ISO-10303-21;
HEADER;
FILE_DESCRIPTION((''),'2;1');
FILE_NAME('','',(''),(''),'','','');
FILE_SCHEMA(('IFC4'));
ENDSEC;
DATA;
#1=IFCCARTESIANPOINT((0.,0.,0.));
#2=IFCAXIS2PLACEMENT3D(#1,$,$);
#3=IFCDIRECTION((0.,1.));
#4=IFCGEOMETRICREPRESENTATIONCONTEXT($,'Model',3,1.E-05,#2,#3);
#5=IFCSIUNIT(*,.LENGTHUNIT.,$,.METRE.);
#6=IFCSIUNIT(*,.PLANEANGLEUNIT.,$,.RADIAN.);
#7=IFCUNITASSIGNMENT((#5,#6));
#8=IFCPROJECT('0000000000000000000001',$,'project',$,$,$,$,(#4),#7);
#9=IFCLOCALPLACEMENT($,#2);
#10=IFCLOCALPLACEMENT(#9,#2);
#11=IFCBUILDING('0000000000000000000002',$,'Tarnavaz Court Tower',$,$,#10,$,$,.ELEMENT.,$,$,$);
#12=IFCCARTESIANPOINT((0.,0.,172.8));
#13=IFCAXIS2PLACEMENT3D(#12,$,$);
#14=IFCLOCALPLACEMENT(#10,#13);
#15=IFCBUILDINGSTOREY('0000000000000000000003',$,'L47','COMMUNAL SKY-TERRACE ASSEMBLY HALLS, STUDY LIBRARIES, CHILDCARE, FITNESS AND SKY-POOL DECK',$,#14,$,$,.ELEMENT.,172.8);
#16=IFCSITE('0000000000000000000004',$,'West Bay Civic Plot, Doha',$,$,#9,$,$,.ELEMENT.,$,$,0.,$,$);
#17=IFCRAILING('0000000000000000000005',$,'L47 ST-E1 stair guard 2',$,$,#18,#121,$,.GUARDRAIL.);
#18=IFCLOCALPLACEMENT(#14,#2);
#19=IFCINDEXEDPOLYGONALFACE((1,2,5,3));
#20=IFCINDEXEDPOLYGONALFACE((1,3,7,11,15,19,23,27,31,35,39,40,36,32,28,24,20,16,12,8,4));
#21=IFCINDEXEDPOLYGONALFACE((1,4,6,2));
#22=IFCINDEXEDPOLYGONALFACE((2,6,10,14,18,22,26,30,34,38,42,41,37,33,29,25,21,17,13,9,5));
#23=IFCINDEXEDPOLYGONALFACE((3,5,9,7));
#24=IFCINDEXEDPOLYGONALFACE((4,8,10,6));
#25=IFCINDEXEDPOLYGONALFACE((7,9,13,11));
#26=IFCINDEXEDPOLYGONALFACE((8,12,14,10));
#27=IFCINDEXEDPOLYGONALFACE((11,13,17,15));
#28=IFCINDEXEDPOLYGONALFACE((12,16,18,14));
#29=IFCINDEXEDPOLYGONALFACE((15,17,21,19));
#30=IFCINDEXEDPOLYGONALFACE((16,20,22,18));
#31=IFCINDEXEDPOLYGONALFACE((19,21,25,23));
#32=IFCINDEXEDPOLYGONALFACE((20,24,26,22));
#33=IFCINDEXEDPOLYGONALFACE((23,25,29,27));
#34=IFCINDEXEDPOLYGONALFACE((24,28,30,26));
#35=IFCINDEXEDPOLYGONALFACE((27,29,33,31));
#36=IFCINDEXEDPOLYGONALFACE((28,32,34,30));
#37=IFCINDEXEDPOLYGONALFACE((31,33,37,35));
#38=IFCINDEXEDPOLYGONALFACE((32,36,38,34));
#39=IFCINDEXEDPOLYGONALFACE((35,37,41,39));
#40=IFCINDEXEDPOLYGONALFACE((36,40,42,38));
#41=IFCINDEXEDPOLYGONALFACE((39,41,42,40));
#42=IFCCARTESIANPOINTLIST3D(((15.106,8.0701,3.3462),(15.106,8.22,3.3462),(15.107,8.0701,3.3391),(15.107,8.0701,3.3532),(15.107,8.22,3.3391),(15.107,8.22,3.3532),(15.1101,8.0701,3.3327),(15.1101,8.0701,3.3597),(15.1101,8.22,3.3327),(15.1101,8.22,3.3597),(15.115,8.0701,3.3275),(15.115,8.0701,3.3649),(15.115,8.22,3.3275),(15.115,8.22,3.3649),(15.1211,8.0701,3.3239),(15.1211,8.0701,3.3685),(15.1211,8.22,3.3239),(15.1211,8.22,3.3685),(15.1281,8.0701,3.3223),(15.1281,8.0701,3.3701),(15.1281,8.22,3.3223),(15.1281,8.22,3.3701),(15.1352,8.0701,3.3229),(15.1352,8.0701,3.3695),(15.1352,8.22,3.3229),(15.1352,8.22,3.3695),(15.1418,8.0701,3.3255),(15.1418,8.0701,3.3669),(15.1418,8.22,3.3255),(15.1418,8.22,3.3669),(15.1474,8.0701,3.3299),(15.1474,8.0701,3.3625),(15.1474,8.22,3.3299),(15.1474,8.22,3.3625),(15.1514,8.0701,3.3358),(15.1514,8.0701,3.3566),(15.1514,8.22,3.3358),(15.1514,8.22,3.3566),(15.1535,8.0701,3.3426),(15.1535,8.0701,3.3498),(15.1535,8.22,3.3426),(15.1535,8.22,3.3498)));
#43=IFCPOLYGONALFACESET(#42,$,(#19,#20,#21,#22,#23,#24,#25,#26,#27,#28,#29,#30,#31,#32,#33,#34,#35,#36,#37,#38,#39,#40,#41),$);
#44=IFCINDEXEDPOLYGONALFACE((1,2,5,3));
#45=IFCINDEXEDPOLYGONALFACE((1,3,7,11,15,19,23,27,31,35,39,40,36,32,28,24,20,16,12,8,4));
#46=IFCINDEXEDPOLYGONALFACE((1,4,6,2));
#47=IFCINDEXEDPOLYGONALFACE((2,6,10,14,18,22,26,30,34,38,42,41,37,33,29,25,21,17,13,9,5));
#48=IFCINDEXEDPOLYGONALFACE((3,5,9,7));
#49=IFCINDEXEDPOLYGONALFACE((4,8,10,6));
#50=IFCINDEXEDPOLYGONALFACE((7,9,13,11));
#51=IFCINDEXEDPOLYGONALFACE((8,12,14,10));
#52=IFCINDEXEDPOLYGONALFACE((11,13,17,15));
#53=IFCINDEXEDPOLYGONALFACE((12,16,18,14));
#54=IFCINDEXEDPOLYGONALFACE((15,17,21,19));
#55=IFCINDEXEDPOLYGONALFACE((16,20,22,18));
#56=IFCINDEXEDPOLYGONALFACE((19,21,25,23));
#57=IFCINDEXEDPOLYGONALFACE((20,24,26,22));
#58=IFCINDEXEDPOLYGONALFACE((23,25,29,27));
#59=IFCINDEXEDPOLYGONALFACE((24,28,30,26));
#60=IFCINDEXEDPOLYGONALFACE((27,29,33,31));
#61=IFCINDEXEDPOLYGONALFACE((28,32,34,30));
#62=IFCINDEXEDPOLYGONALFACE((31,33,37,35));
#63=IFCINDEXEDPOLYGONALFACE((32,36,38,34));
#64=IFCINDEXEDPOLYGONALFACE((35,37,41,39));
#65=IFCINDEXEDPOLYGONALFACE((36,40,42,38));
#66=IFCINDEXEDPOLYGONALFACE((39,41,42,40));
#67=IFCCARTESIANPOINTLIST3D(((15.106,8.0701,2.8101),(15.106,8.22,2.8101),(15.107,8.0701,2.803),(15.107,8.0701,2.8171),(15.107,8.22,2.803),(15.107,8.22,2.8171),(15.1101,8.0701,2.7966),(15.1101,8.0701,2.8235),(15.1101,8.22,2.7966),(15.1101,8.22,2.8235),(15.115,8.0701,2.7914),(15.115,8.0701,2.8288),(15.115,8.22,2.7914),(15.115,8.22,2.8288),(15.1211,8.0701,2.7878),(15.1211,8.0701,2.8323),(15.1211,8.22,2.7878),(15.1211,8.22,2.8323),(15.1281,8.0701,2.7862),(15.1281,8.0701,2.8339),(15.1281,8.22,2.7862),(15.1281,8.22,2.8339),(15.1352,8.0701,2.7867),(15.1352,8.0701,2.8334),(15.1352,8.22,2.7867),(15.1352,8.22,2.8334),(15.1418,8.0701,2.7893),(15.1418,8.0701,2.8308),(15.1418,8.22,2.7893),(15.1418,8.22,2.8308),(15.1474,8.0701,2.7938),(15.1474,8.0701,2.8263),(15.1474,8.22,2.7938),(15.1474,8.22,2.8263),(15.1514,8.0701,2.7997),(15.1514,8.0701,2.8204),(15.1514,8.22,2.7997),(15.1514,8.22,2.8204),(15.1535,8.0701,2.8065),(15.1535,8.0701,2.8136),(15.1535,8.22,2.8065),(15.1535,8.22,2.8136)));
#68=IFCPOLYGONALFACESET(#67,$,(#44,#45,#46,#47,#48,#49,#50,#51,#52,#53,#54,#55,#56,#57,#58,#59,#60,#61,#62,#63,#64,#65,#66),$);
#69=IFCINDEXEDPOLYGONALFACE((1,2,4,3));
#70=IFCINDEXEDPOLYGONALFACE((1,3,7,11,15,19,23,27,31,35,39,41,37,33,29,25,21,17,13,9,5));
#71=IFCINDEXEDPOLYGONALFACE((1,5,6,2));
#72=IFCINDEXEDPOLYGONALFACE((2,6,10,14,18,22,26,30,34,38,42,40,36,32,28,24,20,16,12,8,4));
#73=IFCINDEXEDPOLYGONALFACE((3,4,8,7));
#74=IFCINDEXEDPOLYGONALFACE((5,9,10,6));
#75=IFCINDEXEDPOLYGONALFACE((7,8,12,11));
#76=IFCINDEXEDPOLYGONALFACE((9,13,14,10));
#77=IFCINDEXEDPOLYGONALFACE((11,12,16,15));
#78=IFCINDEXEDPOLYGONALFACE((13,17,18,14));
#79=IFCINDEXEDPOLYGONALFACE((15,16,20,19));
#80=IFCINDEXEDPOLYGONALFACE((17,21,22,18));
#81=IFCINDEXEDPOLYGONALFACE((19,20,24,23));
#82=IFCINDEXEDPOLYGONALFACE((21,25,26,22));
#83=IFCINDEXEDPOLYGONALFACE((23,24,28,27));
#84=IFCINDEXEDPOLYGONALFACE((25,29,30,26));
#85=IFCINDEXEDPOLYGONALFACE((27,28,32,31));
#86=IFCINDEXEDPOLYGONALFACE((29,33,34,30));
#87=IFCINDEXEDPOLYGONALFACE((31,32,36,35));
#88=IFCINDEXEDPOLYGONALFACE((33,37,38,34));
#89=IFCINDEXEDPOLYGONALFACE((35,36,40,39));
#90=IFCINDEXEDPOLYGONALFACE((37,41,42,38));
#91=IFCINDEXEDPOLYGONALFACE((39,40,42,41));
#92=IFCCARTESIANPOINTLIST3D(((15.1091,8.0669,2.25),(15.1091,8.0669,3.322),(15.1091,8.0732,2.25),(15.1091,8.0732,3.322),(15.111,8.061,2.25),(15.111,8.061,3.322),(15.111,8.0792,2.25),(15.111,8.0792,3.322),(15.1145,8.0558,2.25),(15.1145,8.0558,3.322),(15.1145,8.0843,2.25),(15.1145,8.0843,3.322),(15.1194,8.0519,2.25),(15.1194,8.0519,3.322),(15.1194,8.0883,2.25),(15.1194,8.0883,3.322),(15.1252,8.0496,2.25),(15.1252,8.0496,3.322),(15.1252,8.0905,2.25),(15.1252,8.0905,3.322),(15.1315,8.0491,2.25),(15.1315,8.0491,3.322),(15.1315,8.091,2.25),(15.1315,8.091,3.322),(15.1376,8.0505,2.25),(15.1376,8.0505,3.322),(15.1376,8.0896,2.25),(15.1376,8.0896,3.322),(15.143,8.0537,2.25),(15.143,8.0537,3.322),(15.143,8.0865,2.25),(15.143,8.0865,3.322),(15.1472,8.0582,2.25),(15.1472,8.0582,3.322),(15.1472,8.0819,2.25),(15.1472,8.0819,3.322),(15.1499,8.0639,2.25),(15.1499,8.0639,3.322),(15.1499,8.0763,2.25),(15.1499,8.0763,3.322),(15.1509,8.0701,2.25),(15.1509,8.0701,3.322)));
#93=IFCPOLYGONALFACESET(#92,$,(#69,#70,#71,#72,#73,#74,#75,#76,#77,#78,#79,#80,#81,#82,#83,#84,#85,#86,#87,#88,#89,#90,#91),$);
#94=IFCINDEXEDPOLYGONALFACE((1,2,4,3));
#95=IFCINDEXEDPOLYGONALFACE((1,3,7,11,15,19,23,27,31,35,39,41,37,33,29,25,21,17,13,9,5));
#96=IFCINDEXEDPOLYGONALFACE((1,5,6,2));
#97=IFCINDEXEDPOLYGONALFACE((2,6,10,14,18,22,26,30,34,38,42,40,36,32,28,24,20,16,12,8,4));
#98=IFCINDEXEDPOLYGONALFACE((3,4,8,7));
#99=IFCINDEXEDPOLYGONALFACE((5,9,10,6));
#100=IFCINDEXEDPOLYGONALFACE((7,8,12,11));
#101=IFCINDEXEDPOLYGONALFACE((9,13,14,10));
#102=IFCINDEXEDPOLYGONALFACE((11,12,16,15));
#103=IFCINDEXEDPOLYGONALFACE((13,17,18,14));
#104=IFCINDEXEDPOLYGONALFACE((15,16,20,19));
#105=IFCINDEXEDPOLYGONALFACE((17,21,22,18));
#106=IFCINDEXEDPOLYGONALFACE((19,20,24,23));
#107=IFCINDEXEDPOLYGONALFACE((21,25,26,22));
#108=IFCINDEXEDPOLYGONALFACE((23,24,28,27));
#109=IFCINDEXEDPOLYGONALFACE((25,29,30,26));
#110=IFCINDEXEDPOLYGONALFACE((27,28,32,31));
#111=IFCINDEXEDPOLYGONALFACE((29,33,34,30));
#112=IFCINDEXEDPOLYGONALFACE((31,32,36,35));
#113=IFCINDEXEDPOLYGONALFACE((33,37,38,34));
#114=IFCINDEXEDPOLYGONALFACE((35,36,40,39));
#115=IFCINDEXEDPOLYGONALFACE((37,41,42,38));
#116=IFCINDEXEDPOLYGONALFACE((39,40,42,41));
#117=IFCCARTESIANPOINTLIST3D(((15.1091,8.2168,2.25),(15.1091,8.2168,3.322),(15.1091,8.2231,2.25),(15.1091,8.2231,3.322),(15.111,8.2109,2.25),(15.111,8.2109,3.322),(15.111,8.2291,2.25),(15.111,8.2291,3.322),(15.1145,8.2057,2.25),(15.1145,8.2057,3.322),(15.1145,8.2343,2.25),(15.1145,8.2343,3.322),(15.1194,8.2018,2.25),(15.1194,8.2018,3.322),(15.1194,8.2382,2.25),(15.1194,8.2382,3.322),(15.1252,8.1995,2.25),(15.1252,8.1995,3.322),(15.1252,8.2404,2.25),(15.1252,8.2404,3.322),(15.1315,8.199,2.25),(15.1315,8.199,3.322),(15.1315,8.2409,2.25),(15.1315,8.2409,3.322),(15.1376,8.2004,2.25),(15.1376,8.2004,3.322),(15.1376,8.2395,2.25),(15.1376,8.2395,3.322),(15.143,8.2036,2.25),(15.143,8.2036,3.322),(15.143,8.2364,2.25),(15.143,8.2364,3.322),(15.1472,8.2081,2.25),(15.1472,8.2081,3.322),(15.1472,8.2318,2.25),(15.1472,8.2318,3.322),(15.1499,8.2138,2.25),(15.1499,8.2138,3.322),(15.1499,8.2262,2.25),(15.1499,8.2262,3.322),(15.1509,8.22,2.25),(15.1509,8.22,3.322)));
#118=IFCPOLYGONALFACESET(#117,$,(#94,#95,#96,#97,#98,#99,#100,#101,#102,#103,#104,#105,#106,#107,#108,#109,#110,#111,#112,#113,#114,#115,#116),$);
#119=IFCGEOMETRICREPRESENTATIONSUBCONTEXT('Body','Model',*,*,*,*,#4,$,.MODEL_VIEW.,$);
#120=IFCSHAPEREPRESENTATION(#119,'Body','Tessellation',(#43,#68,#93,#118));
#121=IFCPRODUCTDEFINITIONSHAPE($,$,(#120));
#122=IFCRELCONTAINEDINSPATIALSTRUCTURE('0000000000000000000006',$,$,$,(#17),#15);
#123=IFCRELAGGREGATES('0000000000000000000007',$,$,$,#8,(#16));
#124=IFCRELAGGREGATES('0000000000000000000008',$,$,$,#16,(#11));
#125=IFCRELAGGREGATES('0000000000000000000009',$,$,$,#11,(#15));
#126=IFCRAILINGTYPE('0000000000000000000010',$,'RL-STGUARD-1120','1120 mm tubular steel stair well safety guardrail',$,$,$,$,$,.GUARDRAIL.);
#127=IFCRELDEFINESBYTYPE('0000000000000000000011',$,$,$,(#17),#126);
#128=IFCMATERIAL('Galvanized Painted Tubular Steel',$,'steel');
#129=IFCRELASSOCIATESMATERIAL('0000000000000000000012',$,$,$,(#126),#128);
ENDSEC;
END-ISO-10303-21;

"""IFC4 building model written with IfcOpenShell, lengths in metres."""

from ifc_helpers import new_model, si_unit, direction, frame, origin, origin_2d, place, context, subcontext, project, spatial, circle, extrude, material, type_object, element, save


model = new_model("IFC4")

# Units and contexts
model_context = context("Model", 3, precision=1e-05, world=origin(), true_north=direction((0.0, 1.0)))
body_context = subcontext(model_context, "Body", "Model", "MODEL_VIEW")
ifc_project = project(units=[si_unit("LENGTHUNIT", "METRE"), si_unit("PLANEANGLEUNIT", "RADIAN")], contexts=[model_context])

# Site, building, storey
site_placement = place(None, origin())
site = spatial("IfcSite", under=ifc_project, at=site_placement, Name="West Bay Civic Plot, Doha", CompositionType="ELEMENT", RefElevation=0.0)
building_placement = place(site_placement, origin())
building = spatial("IfcBuilding", under=site, at=building_placement, Name="Tarnavaz Court Tower", CompositionType="ELEMENT")
storey_placement = place(building_placement, frame((0.0, 0.0, 172.8)))
storey = spatial("IfcBuildingStorey", under=building, at=storey_placement, Name="L47", Description="COMMUNAL SKY-TERRACE ASSEMBLY HALLS, STUDY LIBRARIES, CHILDCARE, FITNESS AND SKY-POOL DECK", CompositionType="ELEMENT", Elevation=172.8)

# Railing
ifc_material_1 = material(Name="Galvanized Painted Tubular Steel", Category="steel")
railing_type_1 = type_object("IfcRailingType", Name="RL-STGUARD-1120", Description="1120 mm tubular steel stair well safety guardrail", PredefinedType="GUARDRAIL", material=ifc_material_1)
railing_1_placement = place(storey_placement, frame((15.1299, 8.0701, 2.25)))
element("IfcRailing", 1, at=railing_1_placement, inside=storey, type_object=railing_type_1, Name="L47 ST-E1 stair guard 2", PredefinedType="GUARDRAIL", context=body_context, shape_type="SweptSolid", body=[
    extrude(circle(Radius=0.0239, at=origin_2d()), frame((0.0, 0.0, 1.0962), z_axis=(0.0, 1.0, 0.0), x_axis=(-1.0, 0.0, 0.0)), (0.0, 0.0, 1.0), 0.1499),
    extrude(circle(Radius=0.0239, at=origin_2d()), frame((0.0, 0.0, 0.5601), z_axis=(0.0, 1.0, 0.0), x_axis=(-1.0, 0.0, 0.0)), (0.0, 0.0, 1.0), 0.1499),
    extrude(circle(Radius=0.021, at=origin_2d()), origin(), (0.0, 0.0, 1.0), 1.072),
    extrude(circle(Radius=0.021, at=origin_2d()), frame((0.0, 0.1499, 0.0)), (0.0, 0.0, 1.0), 1.072),
])

save(model, "model.ifc")
